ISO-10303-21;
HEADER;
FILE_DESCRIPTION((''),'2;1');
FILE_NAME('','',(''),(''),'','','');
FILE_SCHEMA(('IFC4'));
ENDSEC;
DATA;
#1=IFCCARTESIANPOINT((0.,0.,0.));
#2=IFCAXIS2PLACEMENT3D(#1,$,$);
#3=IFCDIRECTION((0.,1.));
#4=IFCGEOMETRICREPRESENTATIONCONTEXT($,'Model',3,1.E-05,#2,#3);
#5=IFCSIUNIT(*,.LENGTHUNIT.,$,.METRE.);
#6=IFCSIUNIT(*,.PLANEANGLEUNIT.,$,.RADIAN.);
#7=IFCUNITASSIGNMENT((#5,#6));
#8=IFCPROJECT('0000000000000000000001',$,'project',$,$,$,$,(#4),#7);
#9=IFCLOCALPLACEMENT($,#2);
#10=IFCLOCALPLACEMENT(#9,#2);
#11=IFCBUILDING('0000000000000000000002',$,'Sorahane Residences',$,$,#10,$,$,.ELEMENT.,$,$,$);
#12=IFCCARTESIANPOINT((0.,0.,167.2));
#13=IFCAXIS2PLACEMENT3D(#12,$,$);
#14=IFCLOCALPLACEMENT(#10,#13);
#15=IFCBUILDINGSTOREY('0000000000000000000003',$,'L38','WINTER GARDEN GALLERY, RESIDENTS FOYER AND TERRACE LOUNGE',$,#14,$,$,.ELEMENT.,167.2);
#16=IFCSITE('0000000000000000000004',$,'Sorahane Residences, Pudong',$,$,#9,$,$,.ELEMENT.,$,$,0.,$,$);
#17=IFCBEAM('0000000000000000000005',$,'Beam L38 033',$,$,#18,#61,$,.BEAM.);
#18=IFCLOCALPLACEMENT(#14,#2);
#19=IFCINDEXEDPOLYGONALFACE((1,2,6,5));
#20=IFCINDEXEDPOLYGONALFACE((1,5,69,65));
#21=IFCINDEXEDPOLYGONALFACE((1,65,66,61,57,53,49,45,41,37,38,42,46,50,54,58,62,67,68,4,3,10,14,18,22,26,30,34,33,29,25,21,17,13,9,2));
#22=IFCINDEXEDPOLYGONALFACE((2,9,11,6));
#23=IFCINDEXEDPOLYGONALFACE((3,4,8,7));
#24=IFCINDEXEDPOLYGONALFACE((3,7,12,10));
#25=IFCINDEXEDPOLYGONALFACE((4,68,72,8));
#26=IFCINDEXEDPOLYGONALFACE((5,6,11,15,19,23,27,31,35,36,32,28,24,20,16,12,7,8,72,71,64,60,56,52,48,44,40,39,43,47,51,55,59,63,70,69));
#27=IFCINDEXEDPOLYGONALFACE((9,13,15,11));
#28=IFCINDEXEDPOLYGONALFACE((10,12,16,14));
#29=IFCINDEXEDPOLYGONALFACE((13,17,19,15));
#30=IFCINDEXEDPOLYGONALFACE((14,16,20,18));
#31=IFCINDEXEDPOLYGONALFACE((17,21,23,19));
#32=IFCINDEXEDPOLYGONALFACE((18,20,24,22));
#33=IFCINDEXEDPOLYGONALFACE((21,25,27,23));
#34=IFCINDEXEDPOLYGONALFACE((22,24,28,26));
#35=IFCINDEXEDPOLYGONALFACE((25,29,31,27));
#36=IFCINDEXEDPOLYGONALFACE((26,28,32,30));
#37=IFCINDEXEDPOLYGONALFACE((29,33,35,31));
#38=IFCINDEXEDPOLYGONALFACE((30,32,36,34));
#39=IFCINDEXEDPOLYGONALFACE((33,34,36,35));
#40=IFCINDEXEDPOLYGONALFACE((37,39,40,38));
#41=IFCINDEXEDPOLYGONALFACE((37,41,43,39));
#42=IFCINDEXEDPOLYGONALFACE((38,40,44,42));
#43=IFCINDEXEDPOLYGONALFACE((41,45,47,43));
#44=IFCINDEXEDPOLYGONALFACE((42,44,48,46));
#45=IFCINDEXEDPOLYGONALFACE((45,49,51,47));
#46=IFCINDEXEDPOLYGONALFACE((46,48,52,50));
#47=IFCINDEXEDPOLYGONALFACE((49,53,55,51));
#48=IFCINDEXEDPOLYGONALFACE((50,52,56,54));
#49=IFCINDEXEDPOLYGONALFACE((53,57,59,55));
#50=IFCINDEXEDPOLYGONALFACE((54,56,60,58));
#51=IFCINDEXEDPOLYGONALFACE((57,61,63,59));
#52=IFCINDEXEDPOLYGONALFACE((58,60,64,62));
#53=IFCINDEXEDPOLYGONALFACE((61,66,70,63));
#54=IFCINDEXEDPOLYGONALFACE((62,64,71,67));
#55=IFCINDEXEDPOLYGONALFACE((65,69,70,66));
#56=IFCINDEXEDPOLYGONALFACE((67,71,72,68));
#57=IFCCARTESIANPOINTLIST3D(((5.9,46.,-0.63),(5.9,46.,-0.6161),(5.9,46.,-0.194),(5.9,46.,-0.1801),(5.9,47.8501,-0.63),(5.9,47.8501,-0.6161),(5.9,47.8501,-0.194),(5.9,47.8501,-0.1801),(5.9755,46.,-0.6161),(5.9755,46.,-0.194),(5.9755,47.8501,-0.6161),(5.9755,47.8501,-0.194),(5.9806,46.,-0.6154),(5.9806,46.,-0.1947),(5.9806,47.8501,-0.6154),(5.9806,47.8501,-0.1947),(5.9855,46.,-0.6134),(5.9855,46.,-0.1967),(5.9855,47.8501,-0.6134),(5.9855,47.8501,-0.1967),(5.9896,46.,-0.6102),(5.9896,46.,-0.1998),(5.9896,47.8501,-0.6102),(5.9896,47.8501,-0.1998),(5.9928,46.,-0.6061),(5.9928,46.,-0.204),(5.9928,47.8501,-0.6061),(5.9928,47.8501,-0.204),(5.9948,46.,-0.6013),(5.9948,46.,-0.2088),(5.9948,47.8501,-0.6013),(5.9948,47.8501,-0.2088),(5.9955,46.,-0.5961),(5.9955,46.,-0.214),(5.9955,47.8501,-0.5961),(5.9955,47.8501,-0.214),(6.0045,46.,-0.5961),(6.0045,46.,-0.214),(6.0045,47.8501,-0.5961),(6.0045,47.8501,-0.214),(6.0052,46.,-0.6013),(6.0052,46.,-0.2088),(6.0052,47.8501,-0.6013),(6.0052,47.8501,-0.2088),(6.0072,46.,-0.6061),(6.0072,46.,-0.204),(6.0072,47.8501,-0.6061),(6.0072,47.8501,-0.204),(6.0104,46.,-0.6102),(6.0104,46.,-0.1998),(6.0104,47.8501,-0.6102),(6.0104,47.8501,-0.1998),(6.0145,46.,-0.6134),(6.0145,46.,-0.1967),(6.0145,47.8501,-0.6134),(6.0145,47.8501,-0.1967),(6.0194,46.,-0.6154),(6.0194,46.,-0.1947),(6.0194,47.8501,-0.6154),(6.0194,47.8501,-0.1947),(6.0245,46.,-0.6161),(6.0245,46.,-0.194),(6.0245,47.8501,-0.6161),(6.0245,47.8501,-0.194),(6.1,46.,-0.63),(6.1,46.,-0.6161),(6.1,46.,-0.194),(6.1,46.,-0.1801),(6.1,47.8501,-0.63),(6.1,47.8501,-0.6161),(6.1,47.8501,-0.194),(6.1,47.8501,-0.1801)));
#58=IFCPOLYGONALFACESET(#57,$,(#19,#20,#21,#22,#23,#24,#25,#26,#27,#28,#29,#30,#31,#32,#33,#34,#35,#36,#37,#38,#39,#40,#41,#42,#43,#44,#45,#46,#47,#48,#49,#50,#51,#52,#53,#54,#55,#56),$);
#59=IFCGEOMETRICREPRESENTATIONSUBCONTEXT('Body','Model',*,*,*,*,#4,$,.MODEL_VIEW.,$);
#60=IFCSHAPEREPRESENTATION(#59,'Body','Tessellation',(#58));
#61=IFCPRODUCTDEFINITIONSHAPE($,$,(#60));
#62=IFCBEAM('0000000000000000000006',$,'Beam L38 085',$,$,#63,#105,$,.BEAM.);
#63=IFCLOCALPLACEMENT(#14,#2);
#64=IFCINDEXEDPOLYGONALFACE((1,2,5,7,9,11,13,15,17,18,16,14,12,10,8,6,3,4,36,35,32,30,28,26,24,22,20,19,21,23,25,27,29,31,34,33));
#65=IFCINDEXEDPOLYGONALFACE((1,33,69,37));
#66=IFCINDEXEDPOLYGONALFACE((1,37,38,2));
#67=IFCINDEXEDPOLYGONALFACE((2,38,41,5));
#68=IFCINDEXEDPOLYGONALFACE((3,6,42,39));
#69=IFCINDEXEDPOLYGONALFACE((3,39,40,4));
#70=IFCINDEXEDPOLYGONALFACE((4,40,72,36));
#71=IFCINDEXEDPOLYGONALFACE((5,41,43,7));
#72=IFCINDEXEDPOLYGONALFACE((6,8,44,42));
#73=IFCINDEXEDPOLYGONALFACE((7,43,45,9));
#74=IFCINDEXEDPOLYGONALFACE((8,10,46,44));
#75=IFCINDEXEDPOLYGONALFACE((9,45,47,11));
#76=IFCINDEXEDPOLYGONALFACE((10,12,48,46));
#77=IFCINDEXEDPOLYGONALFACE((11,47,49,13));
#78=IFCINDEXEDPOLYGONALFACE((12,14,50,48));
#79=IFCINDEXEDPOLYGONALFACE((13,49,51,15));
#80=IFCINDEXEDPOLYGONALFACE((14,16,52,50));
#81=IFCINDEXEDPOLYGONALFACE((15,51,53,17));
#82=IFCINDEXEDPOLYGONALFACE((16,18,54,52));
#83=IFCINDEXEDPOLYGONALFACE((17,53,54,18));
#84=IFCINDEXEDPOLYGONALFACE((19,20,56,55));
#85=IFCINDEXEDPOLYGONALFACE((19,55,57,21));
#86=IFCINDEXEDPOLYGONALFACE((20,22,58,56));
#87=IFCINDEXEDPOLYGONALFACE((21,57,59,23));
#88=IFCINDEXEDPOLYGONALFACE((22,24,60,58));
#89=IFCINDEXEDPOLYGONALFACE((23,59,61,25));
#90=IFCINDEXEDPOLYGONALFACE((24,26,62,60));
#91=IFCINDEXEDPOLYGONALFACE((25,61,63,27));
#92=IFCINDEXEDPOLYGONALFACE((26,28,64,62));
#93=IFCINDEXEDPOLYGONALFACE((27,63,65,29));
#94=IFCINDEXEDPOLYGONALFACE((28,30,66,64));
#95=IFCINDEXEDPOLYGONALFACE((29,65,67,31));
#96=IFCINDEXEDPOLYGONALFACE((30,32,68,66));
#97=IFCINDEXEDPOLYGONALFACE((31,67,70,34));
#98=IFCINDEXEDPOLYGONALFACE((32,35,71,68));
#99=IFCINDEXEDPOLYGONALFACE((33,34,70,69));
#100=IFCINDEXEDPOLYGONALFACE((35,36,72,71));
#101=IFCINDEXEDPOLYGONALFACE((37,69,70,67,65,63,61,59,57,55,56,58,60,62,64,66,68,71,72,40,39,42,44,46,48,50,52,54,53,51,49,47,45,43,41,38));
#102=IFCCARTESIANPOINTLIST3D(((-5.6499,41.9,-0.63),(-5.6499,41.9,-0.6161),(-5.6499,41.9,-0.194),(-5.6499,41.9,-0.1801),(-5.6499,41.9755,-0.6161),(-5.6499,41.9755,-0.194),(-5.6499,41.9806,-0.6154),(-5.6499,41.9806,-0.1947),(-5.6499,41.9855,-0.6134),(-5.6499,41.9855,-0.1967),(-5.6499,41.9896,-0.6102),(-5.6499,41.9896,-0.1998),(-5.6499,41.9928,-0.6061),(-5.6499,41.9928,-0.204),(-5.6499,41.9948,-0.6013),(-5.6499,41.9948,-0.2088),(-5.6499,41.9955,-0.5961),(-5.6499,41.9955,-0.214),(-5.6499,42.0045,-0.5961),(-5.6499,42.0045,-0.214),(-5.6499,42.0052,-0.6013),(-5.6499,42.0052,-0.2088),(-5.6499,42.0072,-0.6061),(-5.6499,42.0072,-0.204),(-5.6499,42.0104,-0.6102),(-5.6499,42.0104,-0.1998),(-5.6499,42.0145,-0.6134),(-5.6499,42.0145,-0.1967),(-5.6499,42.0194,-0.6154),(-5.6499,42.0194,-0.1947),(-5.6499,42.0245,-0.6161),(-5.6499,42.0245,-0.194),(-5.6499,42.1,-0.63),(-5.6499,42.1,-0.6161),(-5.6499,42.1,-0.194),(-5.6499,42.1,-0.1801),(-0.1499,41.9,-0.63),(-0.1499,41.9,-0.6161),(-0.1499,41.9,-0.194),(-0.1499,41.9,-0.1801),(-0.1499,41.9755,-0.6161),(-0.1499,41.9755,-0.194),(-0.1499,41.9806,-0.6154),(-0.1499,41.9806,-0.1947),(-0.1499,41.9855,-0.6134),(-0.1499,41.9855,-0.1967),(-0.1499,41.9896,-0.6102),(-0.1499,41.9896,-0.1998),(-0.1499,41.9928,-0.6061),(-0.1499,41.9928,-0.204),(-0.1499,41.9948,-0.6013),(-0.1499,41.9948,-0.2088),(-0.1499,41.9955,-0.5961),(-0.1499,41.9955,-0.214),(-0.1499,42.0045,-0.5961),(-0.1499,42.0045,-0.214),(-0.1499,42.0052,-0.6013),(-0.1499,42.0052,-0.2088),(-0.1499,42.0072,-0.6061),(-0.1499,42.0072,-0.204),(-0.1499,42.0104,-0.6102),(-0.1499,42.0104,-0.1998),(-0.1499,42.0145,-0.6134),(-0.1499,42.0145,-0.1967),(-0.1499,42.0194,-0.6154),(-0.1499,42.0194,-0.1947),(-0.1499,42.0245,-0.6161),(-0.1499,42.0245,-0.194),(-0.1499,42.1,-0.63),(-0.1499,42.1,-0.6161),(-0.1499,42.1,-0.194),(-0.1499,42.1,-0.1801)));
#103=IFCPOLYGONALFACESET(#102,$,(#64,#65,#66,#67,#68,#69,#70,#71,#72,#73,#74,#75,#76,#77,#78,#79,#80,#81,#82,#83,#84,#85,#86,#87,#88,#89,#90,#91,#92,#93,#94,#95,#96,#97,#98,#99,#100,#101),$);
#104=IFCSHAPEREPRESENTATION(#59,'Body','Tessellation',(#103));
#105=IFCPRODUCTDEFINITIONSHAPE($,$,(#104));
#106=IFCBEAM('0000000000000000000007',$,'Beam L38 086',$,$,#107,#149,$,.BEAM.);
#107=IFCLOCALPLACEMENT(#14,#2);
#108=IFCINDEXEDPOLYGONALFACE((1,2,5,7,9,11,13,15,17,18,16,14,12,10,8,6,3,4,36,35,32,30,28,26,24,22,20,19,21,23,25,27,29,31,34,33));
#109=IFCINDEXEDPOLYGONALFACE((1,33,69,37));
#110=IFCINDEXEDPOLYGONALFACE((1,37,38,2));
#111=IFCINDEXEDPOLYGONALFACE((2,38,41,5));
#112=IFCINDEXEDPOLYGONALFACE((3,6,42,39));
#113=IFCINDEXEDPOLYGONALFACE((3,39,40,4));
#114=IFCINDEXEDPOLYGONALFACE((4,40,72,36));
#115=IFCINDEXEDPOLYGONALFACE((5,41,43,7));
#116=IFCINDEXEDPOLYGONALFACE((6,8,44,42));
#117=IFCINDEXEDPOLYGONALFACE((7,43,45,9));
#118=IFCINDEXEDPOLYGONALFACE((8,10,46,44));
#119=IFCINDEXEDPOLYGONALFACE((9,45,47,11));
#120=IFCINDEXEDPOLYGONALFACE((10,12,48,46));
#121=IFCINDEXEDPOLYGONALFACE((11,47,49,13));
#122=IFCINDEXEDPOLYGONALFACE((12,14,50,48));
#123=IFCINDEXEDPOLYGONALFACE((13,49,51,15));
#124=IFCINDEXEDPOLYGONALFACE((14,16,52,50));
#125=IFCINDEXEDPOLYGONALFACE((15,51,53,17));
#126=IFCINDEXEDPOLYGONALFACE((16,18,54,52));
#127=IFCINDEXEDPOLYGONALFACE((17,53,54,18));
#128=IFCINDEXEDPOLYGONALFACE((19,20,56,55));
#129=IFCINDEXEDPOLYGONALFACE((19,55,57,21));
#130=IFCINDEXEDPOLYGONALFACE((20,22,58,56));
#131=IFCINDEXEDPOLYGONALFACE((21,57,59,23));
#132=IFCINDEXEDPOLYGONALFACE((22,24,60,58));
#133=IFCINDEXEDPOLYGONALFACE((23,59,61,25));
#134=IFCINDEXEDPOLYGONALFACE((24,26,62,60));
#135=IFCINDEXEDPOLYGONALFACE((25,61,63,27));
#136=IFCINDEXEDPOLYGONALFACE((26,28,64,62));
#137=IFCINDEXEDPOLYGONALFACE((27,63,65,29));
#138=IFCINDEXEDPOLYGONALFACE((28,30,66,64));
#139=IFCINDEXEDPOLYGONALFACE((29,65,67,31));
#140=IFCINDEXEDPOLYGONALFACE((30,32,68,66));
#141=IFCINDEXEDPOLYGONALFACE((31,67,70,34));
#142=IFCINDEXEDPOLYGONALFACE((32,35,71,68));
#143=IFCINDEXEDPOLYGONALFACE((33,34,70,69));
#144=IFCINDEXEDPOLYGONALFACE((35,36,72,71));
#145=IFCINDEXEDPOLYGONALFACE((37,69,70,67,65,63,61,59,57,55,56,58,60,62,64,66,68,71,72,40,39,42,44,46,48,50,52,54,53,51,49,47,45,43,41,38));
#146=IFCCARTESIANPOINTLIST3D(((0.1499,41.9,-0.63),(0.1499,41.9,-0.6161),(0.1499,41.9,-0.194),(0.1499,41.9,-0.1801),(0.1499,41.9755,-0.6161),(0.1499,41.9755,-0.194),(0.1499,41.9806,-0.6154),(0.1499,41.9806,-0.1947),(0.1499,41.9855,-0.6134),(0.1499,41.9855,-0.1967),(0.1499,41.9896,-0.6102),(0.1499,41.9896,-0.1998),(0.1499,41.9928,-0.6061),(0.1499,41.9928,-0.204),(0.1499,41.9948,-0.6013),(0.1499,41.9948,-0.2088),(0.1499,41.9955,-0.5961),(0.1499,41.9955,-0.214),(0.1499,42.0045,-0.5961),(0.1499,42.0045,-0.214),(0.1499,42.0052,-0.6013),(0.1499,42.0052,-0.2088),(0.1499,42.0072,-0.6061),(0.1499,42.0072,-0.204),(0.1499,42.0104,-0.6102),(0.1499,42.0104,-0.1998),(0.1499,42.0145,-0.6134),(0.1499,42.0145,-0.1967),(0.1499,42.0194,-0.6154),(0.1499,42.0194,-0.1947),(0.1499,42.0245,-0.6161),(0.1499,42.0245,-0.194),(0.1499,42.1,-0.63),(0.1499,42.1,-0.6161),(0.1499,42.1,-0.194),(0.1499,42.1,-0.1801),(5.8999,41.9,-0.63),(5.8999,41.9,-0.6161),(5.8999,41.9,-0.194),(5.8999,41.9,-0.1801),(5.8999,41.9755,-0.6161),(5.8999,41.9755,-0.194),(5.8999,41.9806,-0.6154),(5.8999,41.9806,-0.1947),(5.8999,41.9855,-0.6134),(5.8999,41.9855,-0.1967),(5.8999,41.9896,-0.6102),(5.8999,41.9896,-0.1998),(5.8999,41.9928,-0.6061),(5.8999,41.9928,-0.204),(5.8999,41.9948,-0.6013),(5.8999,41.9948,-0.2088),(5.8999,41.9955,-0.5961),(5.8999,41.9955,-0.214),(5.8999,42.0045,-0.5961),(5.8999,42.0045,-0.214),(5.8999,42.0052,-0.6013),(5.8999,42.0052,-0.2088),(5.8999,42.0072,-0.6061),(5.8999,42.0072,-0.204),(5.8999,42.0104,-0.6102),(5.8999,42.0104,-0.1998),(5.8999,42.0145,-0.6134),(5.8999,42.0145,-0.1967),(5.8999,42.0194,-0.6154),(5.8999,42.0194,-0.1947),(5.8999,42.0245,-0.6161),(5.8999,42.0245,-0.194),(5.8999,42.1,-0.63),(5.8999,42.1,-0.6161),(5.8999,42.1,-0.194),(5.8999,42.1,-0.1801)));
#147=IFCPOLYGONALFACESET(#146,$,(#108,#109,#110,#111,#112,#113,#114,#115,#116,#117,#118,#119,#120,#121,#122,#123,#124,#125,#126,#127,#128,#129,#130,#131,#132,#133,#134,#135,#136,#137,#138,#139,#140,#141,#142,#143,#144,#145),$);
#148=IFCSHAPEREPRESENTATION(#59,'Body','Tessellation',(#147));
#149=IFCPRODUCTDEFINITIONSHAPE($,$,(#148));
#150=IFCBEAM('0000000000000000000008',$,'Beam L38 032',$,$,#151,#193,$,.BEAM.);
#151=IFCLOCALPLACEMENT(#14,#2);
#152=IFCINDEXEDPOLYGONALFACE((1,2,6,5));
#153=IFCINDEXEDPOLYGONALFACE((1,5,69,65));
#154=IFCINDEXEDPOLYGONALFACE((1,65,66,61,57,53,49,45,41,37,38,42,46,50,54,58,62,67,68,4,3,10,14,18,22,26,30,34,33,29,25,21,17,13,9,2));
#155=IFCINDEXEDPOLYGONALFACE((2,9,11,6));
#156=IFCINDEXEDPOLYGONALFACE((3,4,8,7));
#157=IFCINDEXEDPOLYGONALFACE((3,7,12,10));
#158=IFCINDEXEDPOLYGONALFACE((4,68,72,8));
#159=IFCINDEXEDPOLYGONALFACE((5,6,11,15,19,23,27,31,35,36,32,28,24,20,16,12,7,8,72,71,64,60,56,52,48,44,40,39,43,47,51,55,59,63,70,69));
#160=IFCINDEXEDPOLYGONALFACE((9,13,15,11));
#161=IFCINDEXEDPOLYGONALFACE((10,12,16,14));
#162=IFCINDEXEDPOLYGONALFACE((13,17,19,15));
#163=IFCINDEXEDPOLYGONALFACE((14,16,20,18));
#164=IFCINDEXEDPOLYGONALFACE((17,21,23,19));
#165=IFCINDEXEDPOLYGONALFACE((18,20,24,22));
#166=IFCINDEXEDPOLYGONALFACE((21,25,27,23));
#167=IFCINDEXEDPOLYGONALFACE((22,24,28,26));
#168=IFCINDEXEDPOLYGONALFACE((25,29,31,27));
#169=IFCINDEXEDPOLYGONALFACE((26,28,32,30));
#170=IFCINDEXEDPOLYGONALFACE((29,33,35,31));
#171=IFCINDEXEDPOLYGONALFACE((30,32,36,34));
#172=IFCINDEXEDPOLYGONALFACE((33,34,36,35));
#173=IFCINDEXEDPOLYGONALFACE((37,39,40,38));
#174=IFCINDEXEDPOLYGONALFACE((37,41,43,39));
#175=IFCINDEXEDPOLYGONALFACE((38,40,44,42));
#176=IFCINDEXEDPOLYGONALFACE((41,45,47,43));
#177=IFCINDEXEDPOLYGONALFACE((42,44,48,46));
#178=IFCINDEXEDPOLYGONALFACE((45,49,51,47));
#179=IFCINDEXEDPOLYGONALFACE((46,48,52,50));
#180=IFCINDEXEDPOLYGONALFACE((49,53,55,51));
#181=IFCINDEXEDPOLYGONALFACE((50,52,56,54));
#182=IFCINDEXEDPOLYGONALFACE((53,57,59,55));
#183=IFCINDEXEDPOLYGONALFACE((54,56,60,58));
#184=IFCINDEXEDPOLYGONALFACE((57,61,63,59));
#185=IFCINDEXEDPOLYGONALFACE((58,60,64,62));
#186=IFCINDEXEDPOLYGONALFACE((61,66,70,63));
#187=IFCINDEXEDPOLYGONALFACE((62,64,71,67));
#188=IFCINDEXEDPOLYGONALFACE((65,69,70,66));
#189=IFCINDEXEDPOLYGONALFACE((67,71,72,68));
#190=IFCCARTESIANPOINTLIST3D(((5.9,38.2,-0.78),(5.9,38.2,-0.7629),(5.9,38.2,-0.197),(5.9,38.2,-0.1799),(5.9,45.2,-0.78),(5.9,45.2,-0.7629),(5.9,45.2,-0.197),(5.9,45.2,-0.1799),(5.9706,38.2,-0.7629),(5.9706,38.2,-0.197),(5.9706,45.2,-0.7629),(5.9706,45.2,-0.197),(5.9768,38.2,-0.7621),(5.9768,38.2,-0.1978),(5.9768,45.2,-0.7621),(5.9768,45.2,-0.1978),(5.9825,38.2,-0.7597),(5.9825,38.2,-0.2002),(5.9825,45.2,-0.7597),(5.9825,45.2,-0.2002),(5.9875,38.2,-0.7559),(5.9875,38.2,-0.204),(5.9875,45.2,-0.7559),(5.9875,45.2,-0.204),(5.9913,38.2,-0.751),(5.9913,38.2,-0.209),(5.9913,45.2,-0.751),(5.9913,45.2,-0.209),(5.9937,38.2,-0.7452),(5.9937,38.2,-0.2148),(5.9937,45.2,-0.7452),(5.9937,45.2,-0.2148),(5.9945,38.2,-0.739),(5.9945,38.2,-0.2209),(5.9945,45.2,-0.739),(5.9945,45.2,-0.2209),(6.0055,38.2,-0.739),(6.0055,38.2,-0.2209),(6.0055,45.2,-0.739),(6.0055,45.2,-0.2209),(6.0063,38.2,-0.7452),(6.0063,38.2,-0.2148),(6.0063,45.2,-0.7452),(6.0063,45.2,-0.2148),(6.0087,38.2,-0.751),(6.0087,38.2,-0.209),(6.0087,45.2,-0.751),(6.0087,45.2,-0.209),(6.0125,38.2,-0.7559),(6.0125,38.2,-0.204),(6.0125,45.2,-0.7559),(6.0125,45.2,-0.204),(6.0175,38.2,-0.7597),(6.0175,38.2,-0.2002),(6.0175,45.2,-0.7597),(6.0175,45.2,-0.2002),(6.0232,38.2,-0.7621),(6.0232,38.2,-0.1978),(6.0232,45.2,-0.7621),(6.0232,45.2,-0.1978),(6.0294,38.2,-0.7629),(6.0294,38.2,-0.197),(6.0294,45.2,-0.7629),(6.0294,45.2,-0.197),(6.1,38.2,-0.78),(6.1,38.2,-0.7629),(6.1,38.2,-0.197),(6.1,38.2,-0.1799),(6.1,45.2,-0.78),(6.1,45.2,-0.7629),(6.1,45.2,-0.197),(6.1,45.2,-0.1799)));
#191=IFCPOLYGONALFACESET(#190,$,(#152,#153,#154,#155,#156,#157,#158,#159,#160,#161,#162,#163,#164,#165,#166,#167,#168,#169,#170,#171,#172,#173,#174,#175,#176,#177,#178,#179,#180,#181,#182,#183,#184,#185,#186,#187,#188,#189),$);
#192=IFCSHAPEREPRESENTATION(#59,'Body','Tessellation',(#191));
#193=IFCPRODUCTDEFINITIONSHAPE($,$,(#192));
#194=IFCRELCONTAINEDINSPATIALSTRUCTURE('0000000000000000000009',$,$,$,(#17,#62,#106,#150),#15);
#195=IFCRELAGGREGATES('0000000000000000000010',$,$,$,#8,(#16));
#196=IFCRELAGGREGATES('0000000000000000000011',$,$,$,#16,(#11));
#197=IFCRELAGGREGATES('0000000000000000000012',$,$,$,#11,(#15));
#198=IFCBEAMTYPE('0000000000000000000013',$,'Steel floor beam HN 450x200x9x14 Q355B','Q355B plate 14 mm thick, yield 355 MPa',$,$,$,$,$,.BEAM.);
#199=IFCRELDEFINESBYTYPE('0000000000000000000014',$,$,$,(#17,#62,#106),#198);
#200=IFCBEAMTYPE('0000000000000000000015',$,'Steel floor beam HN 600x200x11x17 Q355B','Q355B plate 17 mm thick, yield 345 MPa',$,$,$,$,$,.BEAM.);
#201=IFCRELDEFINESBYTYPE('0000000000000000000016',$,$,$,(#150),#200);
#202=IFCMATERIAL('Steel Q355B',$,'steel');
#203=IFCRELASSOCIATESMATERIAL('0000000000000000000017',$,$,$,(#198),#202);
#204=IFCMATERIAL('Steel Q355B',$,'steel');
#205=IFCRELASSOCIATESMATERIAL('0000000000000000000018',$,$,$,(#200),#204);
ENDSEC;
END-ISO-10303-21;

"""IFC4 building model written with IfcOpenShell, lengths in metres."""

from ifc_helpers import new_model, si_unit, direction, frame, origin, origin_2d, place, context, subcontext, project, spatial, i_section, extrude, material, material_profile, profile_set, type_object, element, save


model = new_model("IFC4")

# Units and contexts
model_context = context("Model", 3, precision=1e-05, world=origin(), true_north=direction((0.0, 1.0)))
body_context = subcontext(model_context, "Body", "Model", "MODEL_VIEW")
ifc_project = project(units=[si_unit("LENGTHUNIT", "METRE"), si_unit("PLANEANGLEUNIT", "RADIAN")], contexts=[model_context])

# Site, building, storey
site_placement = place(None, origin())
site = spatial("IfcSite", under=ifc_project, at=site_placement, Name="Sorahane Residences, Pudong", CompositionType="ELEMENT", RefElevation=0.0)
building_placement = place(site_placement, origin())
building = spatial("IfcBuilding", under=site, at=building_placement, Name="Sorahane Residences", CompositionType="ELEMENT")
storey_placement = place(building_placement, frame((0.0, 0.0, 167.2)))
storey = spatial("IfcBuildingStorey", under=building, at=storey_placement, Name="L38", Description="WINTER GARDEN GALLERY, RESIDENTS FOYER AND TERRACE LOUNGE", CompositionType="ELEMENT", Elevation=167.2)

# Beams
ifc_material_1 = material(Name="Steel Q355B", Category="steel")
ifc_material_profile_1 = material_profile(ifc_material_1, i_section(OverallWidth=0.2, OverallDepth=0.45, WebThickness=0.009, FlangeThickness=0.0139, FilletRadius=0.02, at=origin_2d()), Name="HN 450x200x9x14")
ifc_profile_set_1 = profile_set([ifc_material_profile_1], Name="Steel Q355B")
beam_type_1 = type_object("IfcBeamType", Name="Steel floor beam HN 450x200x9x14 Q355B", Description="Q355B plate 14 mm thick, yield 355 MPa", PredefinedType="BEAM", material=ifc_profile_set_1)
beam_1_placement = place(storey_placement, frame((6.0, 46.0, -0.405), z_axis=(0.0, 1.0, 0.0), x_axis=(-1.0, 0.0, 0.0)))
element("IfcBeam", 1, at=beam_1_placement, inside=storey, type_object=beam_type_1, Name="Beam L38 033", PredefinedType="BEAM", context=body_context, shape_type="SweptSolid", body=[
    extrude(i_section(OverallWidth=0.2, OverallDepth=0.45, WebThickness=0.009, FlangeThickness=0.0139, FilletRadius=0.02, at=origin_2d()), origin(), (0.0, 0.0, 1.0), 1.8501),
])
beam_2_placement = place(storey_placement, frame((-5.6499, 42.0, -0.405), z_axis=(1.0, 0.0, 0.0), x_axis=(0.0, 1.0, 0.0)))
element("IfcBeam", 2, at=beam_2_placement, inside=storey, type_object=beam_type_1, Name="Beam L38 085", PredefinedType="BEAM", context=body_context, shape_type="SweptSolid", body=[
    extrude(i_section(OverallWidth=0.2, OverallDepth=0.45, WebThickness=0.009, FlangeThickness=0.0139, FilletRadius=0.02, at=origin_2d()), origin(), (0.0, 0.0, 1.0), 5.5),
])
beam_3_placement = place(storey_placement, frame((0.1499, 42.0, -0.405), z_axis=(1.0, 0.0, 0.0), x_axis=(0.0, 1.0, 0.0)))
element("IfcBeam", 3, at=beam_3_placement, inside=storey, type_object=beam_type_1, Name="Beam L38 086", PredefinedType="BEAM", context=body_context, shape_type="SweptSolid", body=[
    extrude(i_section(OverallWidth=0.2, OverallDepth=0.45, WebThickness=0.009, FlangeThickness=0.0139, FilletRadius=0.02, at=origin_2d()), origin(), (0.0, 0.0, 1.0), 5.75),
])
ifc_material_2 = material(Name="Steel Q355B", Category="steel")
ifc_material_profile_2 = material_profile(ifc_material_2, i_section(OverallWidth=0.2, OverallDepth=0.6001, WebThickness=0.011, FlangeThickness=0.0171, FilletRadius=0.0239, at=origin_2d()), Name="HN 600x200x11x17")
ifc_profile_set_2 = profile_set([ifc_material_profile_2], Name="Steel Q355B")
beam_type_2 = type_object("IfcBeamType", Name="Steel floor beam HN 600x200x11x17 Q355B", Description="Q355B plate 17 mm thick, yield 345 MPa", PredefinedType="BEAM", material=ifc_profile_set_2)
beam_4_placement = place(storey_placement, frame((6.0, 38.2, -0.48), z_axis=(0.0, 1.0, 0.0), x_axis=(-1.0, 0.0, 0.0)))
element("IfcBeam", 4, at=beam_4_placement, inside=storey, type_object=beam_type_2, Name="Beam L38 032", PredefinedType="BEAM", context=body_context, shape_type="SweptSolid", body=[
    extrude(i_section(OverallWidth=0.2, OverallDepth=0.6001, WebThickness=0.011, FlangeThickness=0.0171, FilletRadius=0.0239, at=origin_2d()), origin(), (0.0, 0.0, 1.0), 7.0),
])

save(model, "model.ifc")
